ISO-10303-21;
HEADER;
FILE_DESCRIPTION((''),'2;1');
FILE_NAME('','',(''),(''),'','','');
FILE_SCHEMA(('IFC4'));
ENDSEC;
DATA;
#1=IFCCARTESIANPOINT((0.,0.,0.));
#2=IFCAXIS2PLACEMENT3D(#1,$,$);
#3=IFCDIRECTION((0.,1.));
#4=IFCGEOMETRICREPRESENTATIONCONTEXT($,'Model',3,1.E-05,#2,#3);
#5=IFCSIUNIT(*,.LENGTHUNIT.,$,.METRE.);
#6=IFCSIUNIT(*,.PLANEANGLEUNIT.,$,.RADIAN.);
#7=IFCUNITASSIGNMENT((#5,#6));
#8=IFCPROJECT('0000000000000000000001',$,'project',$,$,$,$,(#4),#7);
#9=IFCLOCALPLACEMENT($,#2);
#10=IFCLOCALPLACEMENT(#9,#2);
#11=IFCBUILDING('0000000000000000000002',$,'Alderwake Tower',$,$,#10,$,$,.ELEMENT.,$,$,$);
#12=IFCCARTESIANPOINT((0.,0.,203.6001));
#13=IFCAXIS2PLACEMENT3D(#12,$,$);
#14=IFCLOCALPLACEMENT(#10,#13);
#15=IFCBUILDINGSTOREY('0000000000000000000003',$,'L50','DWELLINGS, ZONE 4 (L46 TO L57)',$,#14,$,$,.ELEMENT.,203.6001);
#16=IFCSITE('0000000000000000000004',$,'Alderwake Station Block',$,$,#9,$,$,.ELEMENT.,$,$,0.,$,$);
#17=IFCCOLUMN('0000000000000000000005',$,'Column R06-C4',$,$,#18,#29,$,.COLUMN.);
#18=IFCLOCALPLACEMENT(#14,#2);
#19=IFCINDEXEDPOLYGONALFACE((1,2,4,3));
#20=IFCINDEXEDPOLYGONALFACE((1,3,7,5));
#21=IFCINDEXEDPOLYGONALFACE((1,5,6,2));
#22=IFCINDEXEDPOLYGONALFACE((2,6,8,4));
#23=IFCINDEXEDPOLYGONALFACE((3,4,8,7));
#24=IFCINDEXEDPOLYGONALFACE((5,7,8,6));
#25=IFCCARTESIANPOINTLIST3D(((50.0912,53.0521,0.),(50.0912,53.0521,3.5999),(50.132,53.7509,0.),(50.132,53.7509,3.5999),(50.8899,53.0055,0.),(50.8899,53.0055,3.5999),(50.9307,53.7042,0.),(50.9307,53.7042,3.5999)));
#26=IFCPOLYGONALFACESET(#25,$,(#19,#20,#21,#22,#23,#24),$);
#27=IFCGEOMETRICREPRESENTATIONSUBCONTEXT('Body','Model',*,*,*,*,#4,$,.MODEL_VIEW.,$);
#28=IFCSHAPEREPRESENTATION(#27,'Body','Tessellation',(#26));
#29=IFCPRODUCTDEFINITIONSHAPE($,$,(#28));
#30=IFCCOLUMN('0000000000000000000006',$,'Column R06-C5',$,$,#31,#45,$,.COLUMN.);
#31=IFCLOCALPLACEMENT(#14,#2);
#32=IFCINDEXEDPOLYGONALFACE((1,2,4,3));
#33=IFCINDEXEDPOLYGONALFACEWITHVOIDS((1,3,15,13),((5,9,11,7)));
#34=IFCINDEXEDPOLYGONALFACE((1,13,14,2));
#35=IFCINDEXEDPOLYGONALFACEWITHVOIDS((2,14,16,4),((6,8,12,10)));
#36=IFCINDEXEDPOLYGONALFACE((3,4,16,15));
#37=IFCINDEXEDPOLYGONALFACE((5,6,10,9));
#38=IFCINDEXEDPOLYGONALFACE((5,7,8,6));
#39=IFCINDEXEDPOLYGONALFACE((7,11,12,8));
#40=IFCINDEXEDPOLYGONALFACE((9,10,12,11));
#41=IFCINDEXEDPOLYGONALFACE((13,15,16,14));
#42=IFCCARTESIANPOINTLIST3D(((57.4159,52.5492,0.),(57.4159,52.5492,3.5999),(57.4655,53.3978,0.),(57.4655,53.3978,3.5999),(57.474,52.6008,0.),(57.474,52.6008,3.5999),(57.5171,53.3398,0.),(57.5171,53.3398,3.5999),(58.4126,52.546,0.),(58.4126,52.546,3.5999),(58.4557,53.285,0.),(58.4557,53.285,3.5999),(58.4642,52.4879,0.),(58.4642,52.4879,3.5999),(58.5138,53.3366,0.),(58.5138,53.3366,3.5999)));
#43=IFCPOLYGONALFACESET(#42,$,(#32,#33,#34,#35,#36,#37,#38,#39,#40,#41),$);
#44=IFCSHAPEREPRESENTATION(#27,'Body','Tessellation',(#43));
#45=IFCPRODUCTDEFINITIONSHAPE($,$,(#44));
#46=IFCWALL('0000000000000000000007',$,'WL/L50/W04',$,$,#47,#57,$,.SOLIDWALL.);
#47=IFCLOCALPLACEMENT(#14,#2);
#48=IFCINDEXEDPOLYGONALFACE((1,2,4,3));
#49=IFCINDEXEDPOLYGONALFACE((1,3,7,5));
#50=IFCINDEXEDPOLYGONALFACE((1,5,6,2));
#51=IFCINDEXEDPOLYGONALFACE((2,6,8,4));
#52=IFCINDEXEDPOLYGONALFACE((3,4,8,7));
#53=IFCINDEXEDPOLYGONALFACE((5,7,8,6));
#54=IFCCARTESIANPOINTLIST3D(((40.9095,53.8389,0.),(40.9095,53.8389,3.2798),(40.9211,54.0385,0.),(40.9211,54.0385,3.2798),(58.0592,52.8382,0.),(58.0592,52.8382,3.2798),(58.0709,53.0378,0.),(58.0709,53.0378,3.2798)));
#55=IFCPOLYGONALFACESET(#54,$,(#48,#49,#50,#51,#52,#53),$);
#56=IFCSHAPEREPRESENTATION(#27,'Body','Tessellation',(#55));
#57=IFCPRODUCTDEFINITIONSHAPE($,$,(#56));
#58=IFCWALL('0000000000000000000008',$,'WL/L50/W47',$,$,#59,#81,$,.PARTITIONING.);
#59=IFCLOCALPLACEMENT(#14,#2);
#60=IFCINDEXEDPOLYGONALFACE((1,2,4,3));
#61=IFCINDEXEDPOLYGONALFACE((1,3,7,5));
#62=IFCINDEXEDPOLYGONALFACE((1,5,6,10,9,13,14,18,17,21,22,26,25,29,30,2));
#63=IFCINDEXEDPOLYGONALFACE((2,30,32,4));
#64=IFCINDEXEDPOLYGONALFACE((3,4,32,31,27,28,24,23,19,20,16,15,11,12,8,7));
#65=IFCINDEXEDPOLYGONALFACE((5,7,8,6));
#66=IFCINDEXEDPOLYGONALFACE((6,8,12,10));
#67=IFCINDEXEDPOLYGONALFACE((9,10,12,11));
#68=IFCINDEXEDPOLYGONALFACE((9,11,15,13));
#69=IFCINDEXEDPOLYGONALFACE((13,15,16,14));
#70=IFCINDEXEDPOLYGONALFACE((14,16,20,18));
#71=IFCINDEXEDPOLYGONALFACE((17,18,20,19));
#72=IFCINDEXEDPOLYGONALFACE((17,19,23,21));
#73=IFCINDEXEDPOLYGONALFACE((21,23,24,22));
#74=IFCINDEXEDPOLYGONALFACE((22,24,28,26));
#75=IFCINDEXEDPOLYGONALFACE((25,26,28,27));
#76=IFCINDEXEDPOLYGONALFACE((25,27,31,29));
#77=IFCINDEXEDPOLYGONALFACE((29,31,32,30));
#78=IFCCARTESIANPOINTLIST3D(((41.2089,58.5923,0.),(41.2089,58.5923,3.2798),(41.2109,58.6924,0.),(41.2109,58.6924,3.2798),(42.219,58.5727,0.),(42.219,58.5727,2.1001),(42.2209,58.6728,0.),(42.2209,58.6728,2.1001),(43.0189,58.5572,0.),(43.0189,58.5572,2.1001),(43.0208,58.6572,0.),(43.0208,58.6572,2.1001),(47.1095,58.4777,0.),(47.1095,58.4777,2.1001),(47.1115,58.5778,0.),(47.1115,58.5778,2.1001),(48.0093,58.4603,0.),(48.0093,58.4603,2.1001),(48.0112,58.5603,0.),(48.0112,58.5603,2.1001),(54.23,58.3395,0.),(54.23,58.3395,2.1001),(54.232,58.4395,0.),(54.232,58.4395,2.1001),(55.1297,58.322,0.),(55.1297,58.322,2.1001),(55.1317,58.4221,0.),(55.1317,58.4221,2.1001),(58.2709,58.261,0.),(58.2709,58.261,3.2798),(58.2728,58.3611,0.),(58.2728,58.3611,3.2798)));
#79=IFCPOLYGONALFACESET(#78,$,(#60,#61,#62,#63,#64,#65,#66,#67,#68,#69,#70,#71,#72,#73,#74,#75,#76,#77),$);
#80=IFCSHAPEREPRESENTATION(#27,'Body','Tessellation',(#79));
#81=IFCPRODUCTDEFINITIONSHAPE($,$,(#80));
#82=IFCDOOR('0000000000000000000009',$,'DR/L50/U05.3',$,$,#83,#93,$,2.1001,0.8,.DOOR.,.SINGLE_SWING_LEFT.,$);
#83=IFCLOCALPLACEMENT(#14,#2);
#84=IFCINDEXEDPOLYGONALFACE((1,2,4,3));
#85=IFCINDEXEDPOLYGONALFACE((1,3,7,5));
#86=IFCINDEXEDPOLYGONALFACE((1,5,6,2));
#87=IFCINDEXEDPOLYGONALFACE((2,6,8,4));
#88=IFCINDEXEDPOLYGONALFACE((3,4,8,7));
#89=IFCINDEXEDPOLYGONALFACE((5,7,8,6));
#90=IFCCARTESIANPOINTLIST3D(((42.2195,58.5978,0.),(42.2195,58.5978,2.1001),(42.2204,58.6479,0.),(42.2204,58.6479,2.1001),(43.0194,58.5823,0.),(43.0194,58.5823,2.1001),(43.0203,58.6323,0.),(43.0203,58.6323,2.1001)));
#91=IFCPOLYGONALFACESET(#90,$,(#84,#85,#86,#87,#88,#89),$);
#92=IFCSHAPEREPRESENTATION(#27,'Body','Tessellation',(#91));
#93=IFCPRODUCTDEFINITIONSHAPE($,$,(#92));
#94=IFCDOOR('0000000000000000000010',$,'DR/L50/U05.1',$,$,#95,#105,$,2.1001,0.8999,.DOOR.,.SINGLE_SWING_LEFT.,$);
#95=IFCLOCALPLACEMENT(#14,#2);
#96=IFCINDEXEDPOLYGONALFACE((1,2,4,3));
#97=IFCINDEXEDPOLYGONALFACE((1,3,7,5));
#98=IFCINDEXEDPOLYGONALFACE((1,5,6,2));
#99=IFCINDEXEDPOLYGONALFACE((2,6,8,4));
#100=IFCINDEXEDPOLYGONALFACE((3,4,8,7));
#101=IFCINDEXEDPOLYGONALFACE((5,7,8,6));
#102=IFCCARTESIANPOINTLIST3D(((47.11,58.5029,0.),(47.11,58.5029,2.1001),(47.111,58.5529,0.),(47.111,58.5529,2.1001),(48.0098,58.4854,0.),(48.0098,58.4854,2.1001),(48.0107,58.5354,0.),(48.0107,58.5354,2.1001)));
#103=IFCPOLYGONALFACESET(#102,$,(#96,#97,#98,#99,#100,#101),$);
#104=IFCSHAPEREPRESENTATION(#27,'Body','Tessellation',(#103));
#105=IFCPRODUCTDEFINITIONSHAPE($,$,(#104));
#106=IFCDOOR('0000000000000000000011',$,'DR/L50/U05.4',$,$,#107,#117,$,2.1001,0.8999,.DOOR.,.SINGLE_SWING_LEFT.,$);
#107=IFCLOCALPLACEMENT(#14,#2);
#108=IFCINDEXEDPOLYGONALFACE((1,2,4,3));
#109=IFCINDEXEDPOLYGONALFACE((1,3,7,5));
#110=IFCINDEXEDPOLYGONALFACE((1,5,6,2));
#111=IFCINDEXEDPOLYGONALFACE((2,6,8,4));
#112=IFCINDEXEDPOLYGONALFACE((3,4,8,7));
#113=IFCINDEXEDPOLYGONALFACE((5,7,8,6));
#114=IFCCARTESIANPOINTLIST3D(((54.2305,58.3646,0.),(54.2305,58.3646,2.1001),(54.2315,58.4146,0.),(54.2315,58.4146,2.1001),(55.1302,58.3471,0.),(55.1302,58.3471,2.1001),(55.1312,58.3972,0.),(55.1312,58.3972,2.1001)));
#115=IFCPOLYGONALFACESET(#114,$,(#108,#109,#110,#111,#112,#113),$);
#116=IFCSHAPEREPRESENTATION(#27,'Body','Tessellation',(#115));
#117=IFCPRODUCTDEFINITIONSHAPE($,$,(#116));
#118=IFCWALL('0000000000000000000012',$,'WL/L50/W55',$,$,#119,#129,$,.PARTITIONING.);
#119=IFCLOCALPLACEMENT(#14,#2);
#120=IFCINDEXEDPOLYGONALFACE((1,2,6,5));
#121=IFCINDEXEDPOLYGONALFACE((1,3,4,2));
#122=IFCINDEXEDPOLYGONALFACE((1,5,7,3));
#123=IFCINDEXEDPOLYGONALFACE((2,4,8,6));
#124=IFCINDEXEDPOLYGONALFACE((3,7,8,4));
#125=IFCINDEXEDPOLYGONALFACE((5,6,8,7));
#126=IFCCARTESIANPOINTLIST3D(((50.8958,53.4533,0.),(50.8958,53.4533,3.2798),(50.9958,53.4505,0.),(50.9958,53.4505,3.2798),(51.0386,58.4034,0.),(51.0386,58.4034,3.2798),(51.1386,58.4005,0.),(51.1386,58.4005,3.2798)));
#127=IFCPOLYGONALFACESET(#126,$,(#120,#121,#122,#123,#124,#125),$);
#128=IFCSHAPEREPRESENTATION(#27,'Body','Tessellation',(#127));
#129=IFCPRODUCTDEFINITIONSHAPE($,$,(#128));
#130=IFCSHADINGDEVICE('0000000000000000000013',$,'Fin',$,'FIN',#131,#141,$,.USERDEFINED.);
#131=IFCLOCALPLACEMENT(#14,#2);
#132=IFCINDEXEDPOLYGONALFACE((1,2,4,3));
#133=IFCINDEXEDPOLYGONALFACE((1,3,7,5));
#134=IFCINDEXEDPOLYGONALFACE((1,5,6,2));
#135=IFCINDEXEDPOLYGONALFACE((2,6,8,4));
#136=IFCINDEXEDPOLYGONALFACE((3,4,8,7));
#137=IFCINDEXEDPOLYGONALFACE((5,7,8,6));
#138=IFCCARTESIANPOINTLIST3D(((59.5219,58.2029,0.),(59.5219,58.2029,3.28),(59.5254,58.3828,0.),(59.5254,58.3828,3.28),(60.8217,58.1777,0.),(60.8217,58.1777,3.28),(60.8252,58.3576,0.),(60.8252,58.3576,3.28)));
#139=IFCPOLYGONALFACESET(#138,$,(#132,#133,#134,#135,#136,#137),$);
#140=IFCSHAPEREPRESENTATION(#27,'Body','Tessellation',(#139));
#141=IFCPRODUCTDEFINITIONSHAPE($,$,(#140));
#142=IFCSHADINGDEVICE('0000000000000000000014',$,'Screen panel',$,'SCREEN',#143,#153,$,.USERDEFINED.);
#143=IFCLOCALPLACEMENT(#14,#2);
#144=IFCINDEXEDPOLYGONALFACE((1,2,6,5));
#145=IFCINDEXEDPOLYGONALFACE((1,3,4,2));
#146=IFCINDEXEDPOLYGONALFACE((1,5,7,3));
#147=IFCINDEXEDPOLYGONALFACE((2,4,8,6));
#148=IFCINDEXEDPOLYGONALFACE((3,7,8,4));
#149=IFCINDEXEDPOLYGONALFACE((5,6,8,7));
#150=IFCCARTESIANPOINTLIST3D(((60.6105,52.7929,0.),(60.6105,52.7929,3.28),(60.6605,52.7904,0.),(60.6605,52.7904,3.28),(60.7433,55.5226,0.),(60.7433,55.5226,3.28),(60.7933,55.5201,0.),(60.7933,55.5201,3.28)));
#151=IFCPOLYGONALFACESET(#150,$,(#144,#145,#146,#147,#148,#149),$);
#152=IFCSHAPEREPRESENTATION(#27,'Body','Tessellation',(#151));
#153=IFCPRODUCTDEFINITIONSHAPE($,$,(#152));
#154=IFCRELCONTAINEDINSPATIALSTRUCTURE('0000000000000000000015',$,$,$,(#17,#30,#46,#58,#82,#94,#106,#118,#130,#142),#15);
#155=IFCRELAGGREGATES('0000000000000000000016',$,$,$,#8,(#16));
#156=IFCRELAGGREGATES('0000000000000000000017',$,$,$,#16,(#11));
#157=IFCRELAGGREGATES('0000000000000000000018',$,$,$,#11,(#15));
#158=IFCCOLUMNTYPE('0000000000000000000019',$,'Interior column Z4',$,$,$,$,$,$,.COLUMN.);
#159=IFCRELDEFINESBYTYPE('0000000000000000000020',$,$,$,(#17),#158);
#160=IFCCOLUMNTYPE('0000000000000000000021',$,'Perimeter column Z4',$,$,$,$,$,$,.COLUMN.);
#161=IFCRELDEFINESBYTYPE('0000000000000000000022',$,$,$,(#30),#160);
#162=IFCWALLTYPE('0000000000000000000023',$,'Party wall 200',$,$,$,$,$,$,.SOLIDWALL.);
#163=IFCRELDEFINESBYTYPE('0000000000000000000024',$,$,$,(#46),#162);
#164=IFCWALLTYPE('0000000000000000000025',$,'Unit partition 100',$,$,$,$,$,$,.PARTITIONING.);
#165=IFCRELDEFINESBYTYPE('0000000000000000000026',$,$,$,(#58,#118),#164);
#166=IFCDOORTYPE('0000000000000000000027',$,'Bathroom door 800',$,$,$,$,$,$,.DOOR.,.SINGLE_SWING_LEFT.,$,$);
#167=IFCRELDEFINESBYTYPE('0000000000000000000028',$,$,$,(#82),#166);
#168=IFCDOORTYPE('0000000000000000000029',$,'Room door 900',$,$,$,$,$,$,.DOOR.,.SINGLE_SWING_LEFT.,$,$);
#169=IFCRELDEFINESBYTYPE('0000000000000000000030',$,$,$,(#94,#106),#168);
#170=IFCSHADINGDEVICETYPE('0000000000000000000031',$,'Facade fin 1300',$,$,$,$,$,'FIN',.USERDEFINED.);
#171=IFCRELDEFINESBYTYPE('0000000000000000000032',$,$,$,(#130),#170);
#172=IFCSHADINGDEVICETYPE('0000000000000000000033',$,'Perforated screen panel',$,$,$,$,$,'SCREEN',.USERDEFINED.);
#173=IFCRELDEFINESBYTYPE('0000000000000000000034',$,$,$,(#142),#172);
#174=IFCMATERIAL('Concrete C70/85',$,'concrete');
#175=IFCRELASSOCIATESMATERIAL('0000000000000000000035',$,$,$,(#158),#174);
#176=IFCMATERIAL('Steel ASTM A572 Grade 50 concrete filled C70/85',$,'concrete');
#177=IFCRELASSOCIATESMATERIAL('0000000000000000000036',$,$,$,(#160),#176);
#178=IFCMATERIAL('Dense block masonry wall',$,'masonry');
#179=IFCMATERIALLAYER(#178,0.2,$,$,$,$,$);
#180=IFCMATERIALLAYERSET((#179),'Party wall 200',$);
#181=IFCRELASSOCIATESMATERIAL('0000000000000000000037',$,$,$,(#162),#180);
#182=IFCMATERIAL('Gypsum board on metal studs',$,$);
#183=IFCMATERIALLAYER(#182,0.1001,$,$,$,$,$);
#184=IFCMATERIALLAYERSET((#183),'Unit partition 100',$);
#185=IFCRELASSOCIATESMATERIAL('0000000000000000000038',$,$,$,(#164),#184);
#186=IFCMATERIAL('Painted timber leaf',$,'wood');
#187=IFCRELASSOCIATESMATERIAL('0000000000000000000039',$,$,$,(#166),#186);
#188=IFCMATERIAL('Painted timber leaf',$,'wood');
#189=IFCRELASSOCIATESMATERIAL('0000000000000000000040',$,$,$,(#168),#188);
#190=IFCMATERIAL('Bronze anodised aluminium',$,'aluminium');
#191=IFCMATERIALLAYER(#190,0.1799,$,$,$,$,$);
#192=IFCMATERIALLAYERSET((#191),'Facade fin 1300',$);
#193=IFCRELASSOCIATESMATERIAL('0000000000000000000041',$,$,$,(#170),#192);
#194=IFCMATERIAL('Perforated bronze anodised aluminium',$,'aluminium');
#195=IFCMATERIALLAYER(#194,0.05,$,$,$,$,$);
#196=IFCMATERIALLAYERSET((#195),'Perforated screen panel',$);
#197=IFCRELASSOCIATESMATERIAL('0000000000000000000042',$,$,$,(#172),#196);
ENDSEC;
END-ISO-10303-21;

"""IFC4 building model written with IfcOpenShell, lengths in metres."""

from ifc_helpers import new_model, si_unit, direction, frame, frame_2d, origin, origin_2d, place, context, subcontext, project, spatial, rectangle, hollow_rectangle, extrude, material, layer, layer_set, material_profile, profile_set, type_object, element, fill, save


model = new_model("IFC4")

# Units and contexts
model_context = context("Model", 3, precision=1e-05, world=origin(), true_north=direction((0.0, 1.0)))
body_context = subcontext(model_context, "Body", "Model", "MODEL_VIEW")
ifc_project = project(units=[si_unit("LENGTHUNIT", "METRE"), si_unit("PLANEANGLEUNIT", "RADIAN")], contexts=[model_context])

# Site, building, storey
site_placement = place(None, origin())
site = spatial("IfcSite", under=ifc_project, at=site_placement, Name="Alderwake Station Block", CompositionType="ELEMENT", RefElevation=0.0)
building_placement = place(site_placement, origin())
building = spatial("IfcBuilding", under=site, at=building_placement, Name="Alderwake Tower", CompositionType="ELEMENT")
storey_placement = place(building_placement, frame((0.0, 0.0, 203.6001)))
storey = spatial("IfcBuildingStorey", under=building, at=storey_placement, Name="L50", Description="DWELLINGS, ZONE 4 (L46 TO L57)", CompositionType="ELEMENT", Elevation=203.6001)

# Columns
ifc_material_1 = material(Name="Concrete C70/85", Category="concrete")
ifc_material_profile_1 = material_profile(ifc_material_1, rectangle(XDim=0.7, YDim=0.8, at=origin_2d()), Name="RC 800X700")
ifc_profile_set_1 = profile_set([ifc_material_profile_1], Name="Concrete C70/85")
column_type_1 = type_object("IfcColumnType", Name="Interior column Z4", PredefinedType="COLUMN", material=ifc_profile_set_1)
column_1_placement = place(storey_placement, frame((50.511, 53.3782, 0.0), z_axis=(0.0, 0.0, 1.0), x_axis=(0.058301, 0.998299, 0.0)))
element("IfcColumn", 1, at=column_1_placement, inside=storey, type_object=column_type_1, Name="Column R06-C4", PredefinedType="COLUMN", context=body_context, shape_type="SweptSolid", body=[
    extrude(rectangle(XDim=0.7, YDim=0.8, at=origin_2d()), origin(), (0.0, 0.0, 1.0), 3.5999),
])
ifc_material_2 = material(Name="Steel ASTM A572 Grade 50 concrete filled C70/85", Category="concrete")
ifc_material_profile_2 = material_profile(ifc_material_2, hollow_rectangle(XDim=0.8501, YDim=1.05, WallThickness=0.0549, at=origin_2d()), Name="BOX 1050X850X55")
ifc_profile_set_2 = profile_set([ifc_material_profile_2], Name="Steel ASTM A572 Grade 50 concrete filled C70/85")
column_type_2 = type_object("IfcColumnType", Name="Perimeter column Z4", PredefinedType="COLUMN", material=ifc_profile_set_2)
column_2_placement = place(storey_placement, frame((57.9648, 52.9429, 0.0), z_axis=(0.0, 0.0, 1.0), x_axis=(0.058301, 0.998299, 0.0)))
element("IfcColumn", 2, at=column_2_placement, inside=storey, type_object=column_type_2, Name="Column R06-C5", PredefinedType="COLUMN", context=body_context, shape_type="SweptSolid", body=[
    extrude(hollow_rectangle(XDim=0.8501, YDim=1.05, WallThickness=0.0549, at=origin_2d()), origin(), (0.0, 0.0, 1.0), 3.5999),
])

# Wall
ifc_material_3 = material(Name="Dense block masonry wall", Category="masonry")
ifc_layer_1 = layer(ifc_material_3, 0.2)
ifc_layer_set_1 = layer_set([ifc_layer_1], Name="Party wall 200")
wall_type_1 = type_object("IfcWallType", Name="Party wall 200", PredefinedType="SOLIDWALL", material=ifc_layer_set_1)
wall_1_placement = place(storey_placement, frame((58.0649, 52.938, 0.0), z_axis=(0.0, 0.0, 1.0), x_axis=(-0.998302, 0.058253, 0.0)))
element("IfcWall", 3, at=wall_1_placement, inside=storey, type_object=wall_type_1, Name="WL/L50/W04", PredefinedType="SOLIDWALL", context=body_context, shape_type="SweptSolid", body=[
    extrude(rectangle(XDim=17.179, YDim=0.2, at=frame_2d((8.5894, 0.0))), origin(), (0.0, 0.0, 1.0), 3.2798),
])

# Wall, openings, doors
ifc_material_4 = material(Name="Gypsum board on metal studs")
ifc_layer_2 = layer(ifc_material_4, 0.1001)
ifc_layer_set_2 = layer_set([ifc_layer_2], Name="Unit partition 100")
wall_type_2 = type_object("IfcWallType", Name="Unit partition 100", PredefinedType="PARTITIONING", material=ifc_layer_set_2)
wall_2_placement = place(storey_placement, frame((58.272, 58.311, 0.0), z_axis=(0.0, 0.0, 1.0), x_axis=(-0.999812, 0.019414, 0.0)))
wall_2 = element("IfcWall", 4, at=wall_2_placement, inside=storey, type_object=wall_type_2, Name="WL/L50/W47", PredefinedType="PARTITIONING", context=body_context, shape_type="SweptSolid", body=[
    extrude(rectangle(XDim=17.0652, YDim=0.1001, at=frame_2d((8.5327, 0.0))), origin(), (0.0, 0.0, 1.0), 3.2798),
])
opening_1_placement = place(wall_2_placement, frame((10.2637, 0.0, 0.0)))
opening_1 = element("IfcOpeningElement", 5, at=opening_1_placement, cuts=wall_2, PredefinedType="OPENING", context=body_context, shape_type="SweptSolid", body=[
    extrude(rectangle(XDim=0.8999, YDim=2.1001, at=frame_2d((0.45, 1.05))), frame((0.0, 0.0601, 0.0), z_axis=(0.0, -1.0, 0.0), x_axis=(1.0, 0.0, 0.0)), (0.0, 0.0, 1.0), 0.1201),
])
opening_2_placement = place(wall_2_placement, frame((15.2551, 0.0, 0.0)))
opening_2 = element("IfcOpeningElement", 6, at=opening_2_placement, cuts=wall_2, PredefinedType="OPENING", context=body_context, shape_type="SweptSolid", body=[
    extrude(rectangle(XDim=0.8, YDim=2.1001, at=frame_2d((0.3999, 1.05))), frame((0.0, 0.0601, 0.0), z_axis=(0.0, -1.0, 0.0), x_axis=(1.0, 0.0, 0.0)), (0.0, 0.0, 1.0), 0.1201),
])
opening_3_placement = place(wall_2_placement, frame((3.1418, 0.0, 0.0)))
opening_3 = element("IfcOpeningElement", 7, at=opening_3_placement, cuts=wall_2, PredefinedType="OPENING", context=body_context, shape_type="SweptSolid", body=[
    extrude(rectangle(XDim=0.8999, YDim=2.1001, at=frame_2d((0.45, 1.05))), frame((0.0, 0.0601, 0.0), z_axis=(0.0, -1.0, 0.0), x_axis=(1.0, 0.0, 0.0)), (0.0, 0.0, 1.0), 0.1201),
])
ifc_material_5 = material(Name="Painted timber leaf", Category="wood")
door_type_1 = type_object("IfcDoorType", Name="Bathroom door 800", OperationType="SINGLE_SWING_LEFT", PredefinedType="DOOR", material=ifc_material_5)
door_1_placement = place(opening_2_placement, origin())
door_1 = element("IfcDoor", 8, at=door_1_placement, inside=storey, type_object=door_type_1, Name="DR/L50/U05.3", OperationType="SINGLE_SWING_LEFT", OverallHeight=2.1001, OverallWidth=0.8, PredefinedType="DOOR", context=body_context, shape_type="SweptSolid", body=[
    extrude(rectangle(XDim=0.8, YDim=2.1001, at=frame_2d((0.3999, 1.05))), frame((0.0, 0.0249, 0.0), z_axis=(0.0, -1.0, 0.0), x_axis=(1.0, 0.0, 0.0)), (0.0, 0.0, 1.0), 0.05),
])
fill(opening_2, door_1)
ifc_material_6 = material(Name="Painted timber leaf", Category="wood")
door_type_2 = type_object("IfcDoorType", Name="Room door 900", OperationType="SINGLE_SWING_LEFT", PredefinedType="DOOR", material=ifc_material_6)
door_2_placement = place(opening_1_placement, origin())
door_2 = element("IfcDoor", 9, at=door_2_placement, inside=storey, type_object=door_type_2, Name="DR/L50/U05.1", OperationType="SINGLE_SWING_LEFT", OverallHeight=2.1001, OverallWidth=0.8999, PredefinedType="DOOR", context=body_context, shape_type="SweptSolid", body=[
    extrude(rectangle(XDim=0.8999, YDim=2.1001, at=frame_2d((0.45, 1.05))), frame((0.0, 0.0249, 0.0), z_axis=(0.0, -1.0, 0.0), x_axis=(1.0, 0.0, 0.0)), (0.0, 0.0, 1.0), 0.05),
])
fill(opening_1, door_2)
door_3_placement = place(opening_3_placement, origin())
door_3 = element("IfcDoor", 10, at=door_3_placement, inside=storey, type_object=door_type_2, Name="DR/L50/U05.4", OperationType="SINGLE_SWING_LEFT", OverallHeight=2.1001, OverallWidth=0.8999, PredefinedType="DOOR", context=body_context, shape_type="SweptSolid", body=[
    extrude(rectangle(XDim=0.8999, YDim=2.1001, at=frame_2d((0.45, 1.05))), frame((0.0, 0.0249, 0.0), z_axis=(0.0, -1.0, 0.0), x_axis=(1.0, 0.0, 0.0)), (0.0, 0.0, 1.0), 0.05),
])
fill(opening_3, door_3)

# Wall
wall_3_placement = place(storey_placement, frame((50.9458, 53.4519, 0.0), z_axis=(0.0, 0.0, 1.0), x_axis=(0.02884, 0.999584, 0.0)))
element("IfcWall", 11, at=wall_3_placement, inside=storey, type_object=wall_type_2, Name="WL/L50/W55", PredefinedType="PARTITIONING", context=body_context, shape_type="SweptSolid", body=[
    extrude(rectangle(XDim=4.9521, YDim=0.1001, at=frame_2d((2.4761, 0.0))), origin(), (0.0, 0.0, 1.0), 3.2798),
])

# Shading devices
ifc_material_7 = material(Name="Bronze anodised aluminium", Category="aluminium")
ifc_layer_3 = layer(ifc_material_7, 0.1799)
ifc_layer_set_3 = layer_set([ifc_layer_3], Name="Facade fin 1300")
shading_device_type_1 = type_object("IfcShadingDeviceType", Name="Facade fin 1300", ElementType="FIN", PredefinedType="USERDEFINED", material=ifc_layer_set_3)
shading_device_1_placement = place(storey_placement, frame((60.1736, 58.2803, 0.0), z_axis=(0.0, 0.0, 1.0), x_axis=(0.999812, -0.019398, 0.0)))
element("IfcShadingDevice", 12, at=shading_device_1_placement, inside=storey, type_object=shading_device_type_1, Name="Fin", ObjectType="FIN", PredefinedType="USERDEFINED", context=body_context, shape_type="SweptSolid", body=[
    extrude(rectangle(XDim=1.3, YDim=0.1799, at=origin_2d()), origin(), (0.0, 0.0, 1.0), 3.28),
])
ifc_material_8 = material(Name="Perforated bronze anodised aluminium", Category="aluminium")
ifc_layer_4 = layer(ifc_material_8, 0.05)
ifc_layer_set_4 = layer_set([ifc_layer_4], Name="Perforated screen panel")
shading_device_type_2 = type_object("IfcShadingDeviceType", Name="Perforated screen panel", ElementType="SCREEN", PredefinedType="USERDEFINED", material=ifc_layer_set_4)
shading_device_2_placement = place(storey_placement, frame((60.7019, 54.1565, 0.0), z_axis=(0.0, 0.0, 1.0), x_axis=(0.998819, -0.048581, 0.0)))
element("IfcShadingDevice", 13, at=shading_device_2_placement, inside=storey, type_object=shading_device_type_2, Name="Screen panel", ObjectType="SCREEN", PredefinedType="USERDEFINED", context=body_context, shape_type="SweptSolid", body=[
    extrude(rectangle(XDim=0.05, YDim=2.7329, at=origin_2d()), origin(), (0.0, 0.0, 1.0), 3.28),
])

save(model, "model.ifc")
